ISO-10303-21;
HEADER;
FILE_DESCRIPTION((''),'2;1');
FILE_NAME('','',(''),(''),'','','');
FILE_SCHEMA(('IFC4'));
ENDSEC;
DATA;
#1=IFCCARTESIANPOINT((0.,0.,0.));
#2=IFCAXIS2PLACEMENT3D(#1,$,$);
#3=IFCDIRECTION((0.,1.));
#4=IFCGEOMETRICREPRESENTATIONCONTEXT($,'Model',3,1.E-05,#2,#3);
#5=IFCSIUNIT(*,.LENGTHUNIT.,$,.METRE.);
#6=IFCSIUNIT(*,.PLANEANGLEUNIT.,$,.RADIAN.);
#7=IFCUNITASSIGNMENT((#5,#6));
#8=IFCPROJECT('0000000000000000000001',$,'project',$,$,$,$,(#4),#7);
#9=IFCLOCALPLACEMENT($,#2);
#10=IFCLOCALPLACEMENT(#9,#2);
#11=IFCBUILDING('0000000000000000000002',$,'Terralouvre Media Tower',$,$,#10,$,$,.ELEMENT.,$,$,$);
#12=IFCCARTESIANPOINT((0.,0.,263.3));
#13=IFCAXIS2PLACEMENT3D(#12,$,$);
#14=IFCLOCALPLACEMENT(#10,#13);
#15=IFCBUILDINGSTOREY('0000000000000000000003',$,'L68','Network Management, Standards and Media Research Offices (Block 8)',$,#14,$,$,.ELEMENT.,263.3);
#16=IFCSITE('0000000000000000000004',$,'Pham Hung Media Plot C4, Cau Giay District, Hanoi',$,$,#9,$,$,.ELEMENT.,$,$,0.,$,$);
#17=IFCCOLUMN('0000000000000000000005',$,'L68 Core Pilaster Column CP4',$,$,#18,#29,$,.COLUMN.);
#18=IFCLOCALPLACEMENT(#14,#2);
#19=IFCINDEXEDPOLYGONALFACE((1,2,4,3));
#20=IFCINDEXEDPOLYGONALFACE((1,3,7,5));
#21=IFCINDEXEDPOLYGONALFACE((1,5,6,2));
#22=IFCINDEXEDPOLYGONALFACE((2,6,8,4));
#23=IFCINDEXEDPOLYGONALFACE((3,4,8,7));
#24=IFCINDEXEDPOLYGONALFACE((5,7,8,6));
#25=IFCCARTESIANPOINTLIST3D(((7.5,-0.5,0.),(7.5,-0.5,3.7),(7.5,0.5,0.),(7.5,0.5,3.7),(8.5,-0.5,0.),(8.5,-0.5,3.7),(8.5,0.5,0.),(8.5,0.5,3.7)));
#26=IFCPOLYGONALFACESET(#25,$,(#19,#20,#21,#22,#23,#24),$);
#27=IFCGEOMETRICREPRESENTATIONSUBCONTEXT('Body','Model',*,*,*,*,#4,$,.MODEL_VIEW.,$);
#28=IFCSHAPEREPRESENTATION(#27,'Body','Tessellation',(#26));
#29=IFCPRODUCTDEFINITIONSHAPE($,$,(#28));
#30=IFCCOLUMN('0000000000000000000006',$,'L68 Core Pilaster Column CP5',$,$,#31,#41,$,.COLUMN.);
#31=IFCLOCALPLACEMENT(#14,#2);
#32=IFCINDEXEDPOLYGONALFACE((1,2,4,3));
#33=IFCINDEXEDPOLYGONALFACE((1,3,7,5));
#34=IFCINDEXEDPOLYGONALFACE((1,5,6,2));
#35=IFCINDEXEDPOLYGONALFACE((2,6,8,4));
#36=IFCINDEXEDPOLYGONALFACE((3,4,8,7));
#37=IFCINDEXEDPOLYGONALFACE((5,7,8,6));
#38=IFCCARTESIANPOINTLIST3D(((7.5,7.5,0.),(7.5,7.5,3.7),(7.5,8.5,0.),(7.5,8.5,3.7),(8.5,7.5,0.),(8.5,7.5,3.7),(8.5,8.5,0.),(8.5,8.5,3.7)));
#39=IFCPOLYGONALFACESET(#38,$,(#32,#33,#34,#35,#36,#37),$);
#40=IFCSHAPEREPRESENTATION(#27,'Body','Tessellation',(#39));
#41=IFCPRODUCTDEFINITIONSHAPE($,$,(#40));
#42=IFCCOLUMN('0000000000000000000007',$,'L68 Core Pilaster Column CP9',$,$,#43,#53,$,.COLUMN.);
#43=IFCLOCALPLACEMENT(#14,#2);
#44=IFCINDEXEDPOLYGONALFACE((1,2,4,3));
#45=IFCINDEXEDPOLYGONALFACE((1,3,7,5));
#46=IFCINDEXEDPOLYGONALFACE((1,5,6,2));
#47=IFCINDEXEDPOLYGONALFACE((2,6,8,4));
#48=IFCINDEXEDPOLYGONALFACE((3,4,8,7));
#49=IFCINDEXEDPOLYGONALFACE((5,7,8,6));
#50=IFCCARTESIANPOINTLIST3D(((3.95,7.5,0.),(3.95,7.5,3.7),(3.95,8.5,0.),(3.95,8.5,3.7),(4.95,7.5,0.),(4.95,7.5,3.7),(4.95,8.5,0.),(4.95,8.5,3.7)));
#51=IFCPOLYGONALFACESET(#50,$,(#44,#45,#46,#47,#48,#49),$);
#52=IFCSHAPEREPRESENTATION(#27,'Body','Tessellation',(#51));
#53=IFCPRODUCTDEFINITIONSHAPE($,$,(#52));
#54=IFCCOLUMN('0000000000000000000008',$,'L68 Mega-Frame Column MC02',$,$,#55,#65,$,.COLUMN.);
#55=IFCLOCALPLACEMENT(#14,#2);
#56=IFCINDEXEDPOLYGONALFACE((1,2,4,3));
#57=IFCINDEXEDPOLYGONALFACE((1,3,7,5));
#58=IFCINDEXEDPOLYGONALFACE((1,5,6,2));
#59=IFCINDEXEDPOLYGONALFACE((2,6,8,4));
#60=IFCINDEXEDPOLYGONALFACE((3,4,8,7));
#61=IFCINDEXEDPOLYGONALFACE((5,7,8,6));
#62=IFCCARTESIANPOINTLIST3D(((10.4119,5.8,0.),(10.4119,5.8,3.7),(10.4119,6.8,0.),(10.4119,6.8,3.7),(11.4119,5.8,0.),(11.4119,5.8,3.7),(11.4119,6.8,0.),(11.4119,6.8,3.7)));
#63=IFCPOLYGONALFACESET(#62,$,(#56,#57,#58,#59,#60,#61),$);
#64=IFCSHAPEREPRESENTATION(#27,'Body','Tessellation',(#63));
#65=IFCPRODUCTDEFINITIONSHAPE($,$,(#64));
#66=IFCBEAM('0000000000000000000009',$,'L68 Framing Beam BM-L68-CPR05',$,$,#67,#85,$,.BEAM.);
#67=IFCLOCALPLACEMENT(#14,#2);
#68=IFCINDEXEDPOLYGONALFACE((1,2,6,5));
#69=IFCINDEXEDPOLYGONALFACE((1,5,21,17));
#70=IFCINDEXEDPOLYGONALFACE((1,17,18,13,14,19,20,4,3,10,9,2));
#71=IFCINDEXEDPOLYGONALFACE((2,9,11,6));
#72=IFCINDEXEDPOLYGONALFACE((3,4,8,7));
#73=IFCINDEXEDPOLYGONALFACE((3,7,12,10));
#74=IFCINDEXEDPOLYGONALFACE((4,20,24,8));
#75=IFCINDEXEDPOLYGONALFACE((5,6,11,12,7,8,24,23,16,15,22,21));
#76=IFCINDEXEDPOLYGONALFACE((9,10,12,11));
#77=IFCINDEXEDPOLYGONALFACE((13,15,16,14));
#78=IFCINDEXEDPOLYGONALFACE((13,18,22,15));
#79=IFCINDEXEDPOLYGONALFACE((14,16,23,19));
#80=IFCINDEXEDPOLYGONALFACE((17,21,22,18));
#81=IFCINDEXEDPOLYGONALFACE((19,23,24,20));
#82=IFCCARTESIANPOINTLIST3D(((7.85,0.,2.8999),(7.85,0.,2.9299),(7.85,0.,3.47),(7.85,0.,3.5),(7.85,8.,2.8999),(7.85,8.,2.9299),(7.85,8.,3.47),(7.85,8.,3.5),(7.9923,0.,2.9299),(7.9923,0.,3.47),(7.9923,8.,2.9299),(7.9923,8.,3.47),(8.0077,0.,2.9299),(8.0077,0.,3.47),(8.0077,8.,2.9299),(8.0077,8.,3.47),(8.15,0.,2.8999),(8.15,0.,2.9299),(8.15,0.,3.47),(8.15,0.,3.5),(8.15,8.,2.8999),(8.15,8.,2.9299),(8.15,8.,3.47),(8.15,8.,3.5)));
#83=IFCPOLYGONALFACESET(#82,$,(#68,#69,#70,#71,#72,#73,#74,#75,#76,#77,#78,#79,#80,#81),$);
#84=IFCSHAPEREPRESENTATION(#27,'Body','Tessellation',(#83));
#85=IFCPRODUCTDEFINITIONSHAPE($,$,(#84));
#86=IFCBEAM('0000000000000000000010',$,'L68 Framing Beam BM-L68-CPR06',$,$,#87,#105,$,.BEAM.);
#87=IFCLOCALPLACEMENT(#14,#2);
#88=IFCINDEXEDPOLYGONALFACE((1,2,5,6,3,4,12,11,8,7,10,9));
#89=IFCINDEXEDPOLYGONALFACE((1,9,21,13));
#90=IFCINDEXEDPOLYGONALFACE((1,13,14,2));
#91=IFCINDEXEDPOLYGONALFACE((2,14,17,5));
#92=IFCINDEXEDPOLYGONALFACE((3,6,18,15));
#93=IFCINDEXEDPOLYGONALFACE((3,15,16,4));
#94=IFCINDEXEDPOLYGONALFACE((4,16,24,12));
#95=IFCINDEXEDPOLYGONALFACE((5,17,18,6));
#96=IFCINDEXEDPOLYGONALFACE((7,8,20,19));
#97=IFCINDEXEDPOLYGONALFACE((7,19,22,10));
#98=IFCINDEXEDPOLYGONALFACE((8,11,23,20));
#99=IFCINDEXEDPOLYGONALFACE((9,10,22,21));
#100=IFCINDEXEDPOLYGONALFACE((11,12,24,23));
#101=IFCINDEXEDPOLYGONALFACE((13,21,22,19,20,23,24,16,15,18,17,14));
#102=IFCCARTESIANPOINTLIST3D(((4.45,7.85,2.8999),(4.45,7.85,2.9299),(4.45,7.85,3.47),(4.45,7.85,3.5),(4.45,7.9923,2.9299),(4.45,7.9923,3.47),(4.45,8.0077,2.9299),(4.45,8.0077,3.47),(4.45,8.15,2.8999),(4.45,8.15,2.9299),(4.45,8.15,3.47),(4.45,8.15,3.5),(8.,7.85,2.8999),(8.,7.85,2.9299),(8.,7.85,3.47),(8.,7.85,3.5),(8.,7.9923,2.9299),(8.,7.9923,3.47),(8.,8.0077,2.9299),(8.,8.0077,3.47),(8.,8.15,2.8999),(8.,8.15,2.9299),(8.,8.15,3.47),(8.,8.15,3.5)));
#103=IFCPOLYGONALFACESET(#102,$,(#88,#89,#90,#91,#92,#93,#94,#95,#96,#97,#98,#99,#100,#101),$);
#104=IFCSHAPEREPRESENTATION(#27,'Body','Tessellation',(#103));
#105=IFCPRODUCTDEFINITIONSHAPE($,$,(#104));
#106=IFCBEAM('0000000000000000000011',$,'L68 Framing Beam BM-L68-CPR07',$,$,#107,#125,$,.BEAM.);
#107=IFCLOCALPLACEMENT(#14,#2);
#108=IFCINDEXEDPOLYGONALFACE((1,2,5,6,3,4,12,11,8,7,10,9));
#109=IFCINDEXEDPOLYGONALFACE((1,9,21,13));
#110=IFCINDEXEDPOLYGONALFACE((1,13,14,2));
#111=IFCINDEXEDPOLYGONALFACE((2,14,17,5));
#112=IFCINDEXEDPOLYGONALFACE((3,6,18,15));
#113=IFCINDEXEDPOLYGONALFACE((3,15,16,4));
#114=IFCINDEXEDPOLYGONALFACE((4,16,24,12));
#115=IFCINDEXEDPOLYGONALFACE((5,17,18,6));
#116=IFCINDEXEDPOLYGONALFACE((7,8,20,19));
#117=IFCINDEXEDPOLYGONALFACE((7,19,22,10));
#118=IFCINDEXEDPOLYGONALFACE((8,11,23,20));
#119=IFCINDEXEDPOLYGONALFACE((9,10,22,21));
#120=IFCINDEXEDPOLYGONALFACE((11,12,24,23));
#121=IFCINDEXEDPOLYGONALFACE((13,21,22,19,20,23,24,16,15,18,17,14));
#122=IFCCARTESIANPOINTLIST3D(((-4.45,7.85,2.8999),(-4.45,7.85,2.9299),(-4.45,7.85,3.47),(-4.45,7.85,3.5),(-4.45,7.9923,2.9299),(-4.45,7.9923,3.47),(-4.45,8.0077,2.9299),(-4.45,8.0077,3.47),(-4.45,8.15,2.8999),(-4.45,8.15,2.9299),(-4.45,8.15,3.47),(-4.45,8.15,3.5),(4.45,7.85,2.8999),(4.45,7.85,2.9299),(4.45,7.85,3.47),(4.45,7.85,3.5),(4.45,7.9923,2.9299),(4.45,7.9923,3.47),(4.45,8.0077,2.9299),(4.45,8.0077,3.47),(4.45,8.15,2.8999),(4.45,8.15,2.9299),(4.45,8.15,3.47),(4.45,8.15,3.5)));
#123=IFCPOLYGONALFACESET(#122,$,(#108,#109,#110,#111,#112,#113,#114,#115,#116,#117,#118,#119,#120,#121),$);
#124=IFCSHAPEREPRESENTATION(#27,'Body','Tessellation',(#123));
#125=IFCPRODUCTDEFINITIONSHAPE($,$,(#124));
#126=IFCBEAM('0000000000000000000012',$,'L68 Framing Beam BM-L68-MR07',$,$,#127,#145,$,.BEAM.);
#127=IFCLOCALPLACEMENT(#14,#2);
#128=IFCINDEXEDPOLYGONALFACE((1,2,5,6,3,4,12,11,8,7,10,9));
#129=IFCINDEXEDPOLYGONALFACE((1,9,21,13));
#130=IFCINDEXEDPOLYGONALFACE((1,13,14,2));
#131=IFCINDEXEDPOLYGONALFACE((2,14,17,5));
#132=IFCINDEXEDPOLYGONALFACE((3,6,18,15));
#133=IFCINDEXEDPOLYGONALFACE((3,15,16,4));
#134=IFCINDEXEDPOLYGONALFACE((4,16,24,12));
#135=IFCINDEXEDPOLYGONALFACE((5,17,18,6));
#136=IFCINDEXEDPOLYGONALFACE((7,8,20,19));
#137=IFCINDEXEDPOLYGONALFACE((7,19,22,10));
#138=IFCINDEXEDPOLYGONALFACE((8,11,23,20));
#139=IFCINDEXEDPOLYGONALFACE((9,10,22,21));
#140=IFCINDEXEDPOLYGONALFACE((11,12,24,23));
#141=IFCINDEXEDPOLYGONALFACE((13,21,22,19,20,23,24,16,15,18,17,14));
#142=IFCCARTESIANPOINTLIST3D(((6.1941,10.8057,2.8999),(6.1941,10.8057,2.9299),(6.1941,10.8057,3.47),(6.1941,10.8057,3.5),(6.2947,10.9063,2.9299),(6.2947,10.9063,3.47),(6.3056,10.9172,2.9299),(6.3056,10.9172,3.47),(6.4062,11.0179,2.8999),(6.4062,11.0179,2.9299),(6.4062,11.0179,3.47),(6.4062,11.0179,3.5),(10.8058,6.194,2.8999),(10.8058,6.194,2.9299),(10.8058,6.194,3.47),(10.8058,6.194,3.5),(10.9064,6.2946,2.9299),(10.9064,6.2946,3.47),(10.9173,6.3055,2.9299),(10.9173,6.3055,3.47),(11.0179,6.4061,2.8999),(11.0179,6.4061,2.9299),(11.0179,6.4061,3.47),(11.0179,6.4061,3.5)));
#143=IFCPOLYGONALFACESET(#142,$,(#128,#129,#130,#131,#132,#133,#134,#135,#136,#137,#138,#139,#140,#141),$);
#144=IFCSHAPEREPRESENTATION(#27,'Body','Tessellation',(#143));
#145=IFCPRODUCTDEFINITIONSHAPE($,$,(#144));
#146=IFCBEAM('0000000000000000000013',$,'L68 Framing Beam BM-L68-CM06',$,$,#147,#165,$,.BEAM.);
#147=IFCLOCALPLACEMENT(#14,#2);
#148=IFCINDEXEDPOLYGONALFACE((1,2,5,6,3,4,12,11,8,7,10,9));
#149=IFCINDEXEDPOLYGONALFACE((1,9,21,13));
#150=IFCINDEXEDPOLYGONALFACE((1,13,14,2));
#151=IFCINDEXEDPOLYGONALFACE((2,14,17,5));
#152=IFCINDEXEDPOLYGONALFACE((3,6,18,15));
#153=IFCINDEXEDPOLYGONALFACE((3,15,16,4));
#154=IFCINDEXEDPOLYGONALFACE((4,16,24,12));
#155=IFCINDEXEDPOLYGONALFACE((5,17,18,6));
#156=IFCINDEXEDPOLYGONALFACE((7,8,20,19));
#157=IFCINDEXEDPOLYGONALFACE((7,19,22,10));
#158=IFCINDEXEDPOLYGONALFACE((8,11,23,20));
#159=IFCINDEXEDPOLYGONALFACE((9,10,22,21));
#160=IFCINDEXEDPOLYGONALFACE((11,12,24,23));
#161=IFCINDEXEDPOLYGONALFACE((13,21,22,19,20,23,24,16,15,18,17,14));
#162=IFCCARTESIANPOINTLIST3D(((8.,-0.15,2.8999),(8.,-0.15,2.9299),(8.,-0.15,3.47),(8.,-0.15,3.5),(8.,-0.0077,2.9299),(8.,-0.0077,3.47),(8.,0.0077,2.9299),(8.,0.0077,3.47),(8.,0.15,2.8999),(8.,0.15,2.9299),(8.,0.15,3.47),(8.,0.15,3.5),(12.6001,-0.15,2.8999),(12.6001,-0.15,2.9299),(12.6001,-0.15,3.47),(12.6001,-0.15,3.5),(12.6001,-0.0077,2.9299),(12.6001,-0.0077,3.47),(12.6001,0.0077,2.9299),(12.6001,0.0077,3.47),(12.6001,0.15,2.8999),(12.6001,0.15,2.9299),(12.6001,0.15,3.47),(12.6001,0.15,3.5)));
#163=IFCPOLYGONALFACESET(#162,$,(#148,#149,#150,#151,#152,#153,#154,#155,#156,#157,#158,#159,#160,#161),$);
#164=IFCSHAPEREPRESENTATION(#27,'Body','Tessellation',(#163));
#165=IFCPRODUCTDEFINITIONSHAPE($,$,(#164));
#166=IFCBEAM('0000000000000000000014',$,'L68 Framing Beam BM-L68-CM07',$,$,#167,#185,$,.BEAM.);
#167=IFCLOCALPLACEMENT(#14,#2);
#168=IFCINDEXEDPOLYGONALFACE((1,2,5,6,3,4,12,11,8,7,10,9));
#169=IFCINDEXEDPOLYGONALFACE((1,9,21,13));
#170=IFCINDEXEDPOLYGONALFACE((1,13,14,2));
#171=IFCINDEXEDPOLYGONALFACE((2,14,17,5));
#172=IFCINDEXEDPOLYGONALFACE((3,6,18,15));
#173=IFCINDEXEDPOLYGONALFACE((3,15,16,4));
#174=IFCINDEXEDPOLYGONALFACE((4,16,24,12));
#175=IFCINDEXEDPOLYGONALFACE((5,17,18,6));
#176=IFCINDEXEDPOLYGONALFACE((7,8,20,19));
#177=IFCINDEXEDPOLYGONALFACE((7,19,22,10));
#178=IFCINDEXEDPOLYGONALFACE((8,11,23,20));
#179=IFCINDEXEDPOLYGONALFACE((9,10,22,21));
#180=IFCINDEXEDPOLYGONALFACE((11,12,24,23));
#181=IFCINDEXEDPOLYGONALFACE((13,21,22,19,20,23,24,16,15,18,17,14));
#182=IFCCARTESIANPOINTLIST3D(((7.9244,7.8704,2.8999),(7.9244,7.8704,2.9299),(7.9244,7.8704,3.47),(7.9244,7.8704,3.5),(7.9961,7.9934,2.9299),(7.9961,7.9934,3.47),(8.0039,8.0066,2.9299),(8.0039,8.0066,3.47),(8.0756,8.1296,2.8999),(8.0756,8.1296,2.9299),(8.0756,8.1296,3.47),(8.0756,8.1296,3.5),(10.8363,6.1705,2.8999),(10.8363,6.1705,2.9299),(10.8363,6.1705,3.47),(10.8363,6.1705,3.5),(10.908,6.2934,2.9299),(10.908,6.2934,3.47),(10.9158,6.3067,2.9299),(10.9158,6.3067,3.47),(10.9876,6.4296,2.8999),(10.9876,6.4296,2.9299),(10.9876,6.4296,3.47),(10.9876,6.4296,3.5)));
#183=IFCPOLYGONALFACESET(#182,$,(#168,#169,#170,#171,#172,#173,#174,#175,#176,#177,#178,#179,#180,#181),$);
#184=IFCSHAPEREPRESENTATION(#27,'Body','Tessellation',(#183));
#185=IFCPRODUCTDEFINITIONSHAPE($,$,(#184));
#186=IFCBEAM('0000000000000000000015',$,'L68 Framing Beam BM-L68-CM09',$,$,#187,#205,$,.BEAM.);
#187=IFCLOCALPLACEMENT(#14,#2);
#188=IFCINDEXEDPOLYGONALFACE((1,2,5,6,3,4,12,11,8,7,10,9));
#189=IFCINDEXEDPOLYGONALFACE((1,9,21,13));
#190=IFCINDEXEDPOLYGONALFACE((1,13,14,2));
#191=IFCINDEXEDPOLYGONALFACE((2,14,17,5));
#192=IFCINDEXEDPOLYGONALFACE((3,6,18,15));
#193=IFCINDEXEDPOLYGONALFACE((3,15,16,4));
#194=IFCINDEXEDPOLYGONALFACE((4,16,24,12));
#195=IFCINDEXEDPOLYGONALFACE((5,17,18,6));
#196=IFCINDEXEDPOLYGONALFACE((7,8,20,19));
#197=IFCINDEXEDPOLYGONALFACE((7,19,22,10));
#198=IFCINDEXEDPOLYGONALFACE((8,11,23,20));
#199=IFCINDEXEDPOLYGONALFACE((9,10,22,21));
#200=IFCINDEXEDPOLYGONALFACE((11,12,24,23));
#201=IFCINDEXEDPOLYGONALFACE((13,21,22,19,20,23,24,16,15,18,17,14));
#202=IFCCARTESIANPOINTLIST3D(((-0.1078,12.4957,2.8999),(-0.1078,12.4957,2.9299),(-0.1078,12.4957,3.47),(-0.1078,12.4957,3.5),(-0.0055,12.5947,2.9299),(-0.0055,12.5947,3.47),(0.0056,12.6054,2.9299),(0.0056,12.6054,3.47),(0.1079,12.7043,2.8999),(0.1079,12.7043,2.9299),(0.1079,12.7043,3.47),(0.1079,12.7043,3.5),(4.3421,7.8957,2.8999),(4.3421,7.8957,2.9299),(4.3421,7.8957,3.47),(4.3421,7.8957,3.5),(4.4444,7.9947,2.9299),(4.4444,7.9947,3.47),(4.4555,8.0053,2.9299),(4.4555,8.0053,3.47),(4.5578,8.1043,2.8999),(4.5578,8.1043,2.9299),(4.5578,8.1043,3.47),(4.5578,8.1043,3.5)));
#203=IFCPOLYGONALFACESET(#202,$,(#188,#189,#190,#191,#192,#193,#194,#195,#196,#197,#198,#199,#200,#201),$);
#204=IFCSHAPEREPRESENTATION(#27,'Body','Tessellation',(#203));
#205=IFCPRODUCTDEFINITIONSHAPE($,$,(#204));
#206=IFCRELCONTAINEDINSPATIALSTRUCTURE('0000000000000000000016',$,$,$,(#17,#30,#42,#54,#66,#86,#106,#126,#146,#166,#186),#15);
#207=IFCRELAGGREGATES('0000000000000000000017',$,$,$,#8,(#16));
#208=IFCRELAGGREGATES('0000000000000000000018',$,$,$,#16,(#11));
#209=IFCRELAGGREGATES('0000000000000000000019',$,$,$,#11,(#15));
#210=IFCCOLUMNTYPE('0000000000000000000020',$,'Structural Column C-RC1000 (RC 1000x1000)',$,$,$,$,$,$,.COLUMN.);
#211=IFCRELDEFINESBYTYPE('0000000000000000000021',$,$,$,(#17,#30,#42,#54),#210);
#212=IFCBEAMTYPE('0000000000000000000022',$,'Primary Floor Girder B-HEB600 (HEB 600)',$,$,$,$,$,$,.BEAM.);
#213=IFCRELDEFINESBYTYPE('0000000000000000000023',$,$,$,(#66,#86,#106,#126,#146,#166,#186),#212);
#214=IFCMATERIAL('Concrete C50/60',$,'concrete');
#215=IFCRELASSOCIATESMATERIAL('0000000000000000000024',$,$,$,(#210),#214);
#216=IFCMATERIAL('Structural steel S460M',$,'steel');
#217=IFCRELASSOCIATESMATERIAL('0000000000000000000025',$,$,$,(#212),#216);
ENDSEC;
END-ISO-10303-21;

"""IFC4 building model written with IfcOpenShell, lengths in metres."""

from ifc_helpers import new_model, si_unit, direction, frame, origin, origin_2d, place, context, subcontext, project, spatial, rectangle, i_section, extrude, material, material_profile, profile_set, type_object, element, save


model = new_model("IFC4")

# Units and contexts
model_context = context("Model", 3, precision=1e-05, world=origin(), true_north=direction((0.0, 1.0)))
body_context = subcontext(model_context, "Body", "Model", "MODEL_VIEW")
ifc_project = project(units=[si_unit("LENGTHUNIT", "METRE"), si_unit("PLANEANGLEUNIT", "RADIAN")], contexts=[model_context])

# Site, building, storey
site_placement = place(None, origin())
site = spatial("IfcSite", under=ifc_project, at=site_placement, Name="Pham Hung Media Plot C4, Cau Giay District, Hanoi", CompositionType="ELEMENT", RefElevation=0.0)
building_placement = place(site_placement, origin())
building = spatial("IfcBuilding", under=site, at=building_placement, Name="Terralouvre Media Tower", CompositionType="ELEMENT")
storey_placement = place(building_placement, frame((0.0, 0.0, 263.3)))
storey = spatial("IfcBuildingStorey", under=building, at=storey_placement, Name="L68", Description="Network Management, Standards and Media Research Offices (Block 8)", CompositionType="ELEMENT", Elevation=263.3)

# Columns
ifc_material_1 = material(Name="Concrete C50/60", Category="concrete")
ifc_material_profile_1 = material_profile(ifc_material_1, rectangle(XDim=1.0, YDim=1.0, at=origin_2d()), Name="RC 1000x1000")
ifc_profile_set_1 = profile_set([ifc_material_profile_1], Name="Concrete C50/60")
column_type = type_object("IfcColumnType", Name="Structural Column C-RC1000 (RC 1000x1000)", PredefinedType="COLUMN", material=ifc_profile_set_1)
for number, where, z_axis, x_axis, name in (
    (1, (8.0, 0.0, 0.0), (0.0, 0.0, 1.0), (1.0, 0.0, 0.0), "L68 Core Pilaster Column CP4"),
    (2, (8.0, 8.0, 0.0), (0.0, 0.0, 1.0), (1.0, 0.0, 0.0), "L68 Core Pilaster Column CP5"),
    (3, (4.45, 8.0, 0.0), (0.0, 0.0, 1.0), (1.0, 0.0, 0.0), "L68 Core Pilaster Column CP9"),
    (4, (10.9119, 6.3, 0.0), (0.0, 0.0, 1.0), (1.0, 0.0, 0.0), "L68 Mega-Frame Column MC02"),
):
    element("IfcColumn", number, at=place(storey_placement, frame(where, z_axis=z_axis, x_axis=x_axis)), inside=storey, type_object=column_type, Name=name, PredefinedType="COLUMN", context=body_context, shape_type="SweptSolid", body=[
        extrude(rectangle(XDim=1.0, YDim=1.0, at=origin_2d()), origin(), (0.0, 0.0, 1.0), 3.7),
    ])

# Beams
ifc_material_2 = material(Name="Structural steel S460M", Category="steel")
ifc_material_profile_2 = material_profile(ifc_material_2, i_section(OverallWidth=0.3, OverallDepth=0.6001, WebThickness=0.0154, FlangeThickness=0.03, at=origin_2d()), Name="HEB 600")
ifc_profile_set_2 = profile_set([ifc_material_profile_2], Name="Structural steel S460M")
beam_type = type_object("IfcBeamType", Name="Primary Floor Girder B-HEB600 (HEB 600)", PredefinedType="BEAM", material=ifc_profile_set_2)
beam_1_placement = place(storey_placement, frame((8.0, 0.0, 3.2), z_axis=(0.0, 1.0, 0.0), x_axis=(-1.0, 0.0, 0.0)))
element("IfcBeam", 5, at=beam_1_placement, inside=storey, type_object=beam_type, Name="L68 Framing Beam BM-L68-CPR05", PredefinedType="BEAM", context=body_context, shape_type="SweptSolid", body=[
    extrude(i_section(OverallWidth=0.3, OverallDepth=0.6001, WebThickness=0.0154, FlangeThickness=0.03, at=origin_2d()), origin(), (0.0, 0.0, 1.0), 8.0),
])
beam_2_placement = place(storey_placement, frame((8.0, 8.0, 3.2), z_axis=(-1.0, 0.0, 0.0), x_axis=(0.0, -1.0, 0.0)))
element("IfcBeam", 6, at=beam_2_placement, inside=storey, type_object=beam_type, Name="L68 Framing Beam BM-L68-CPR06", PredefinedType="BEAM", context=body_context, shape_type="SweptSolid", body=[
    extrude(i_section(OverallWidth=0.3, OverallDepth=0.6001, WebThickness=0.0154, FlangeThickness=0.03, at=origin_2d()), origin(), (0.0, 0.0, 1.0), 3.55),
])
beam_3_placement = place(storey_placement, frame((4.45, 8.0, 3.2), z_axis=(-1.0, 0.0, 0.0), x_axis=(0.0, -1.0, 0.0)))
element("IfcBeam", 7, at=beam_3_placement, inside=storey, type_object=beam_type, Name="L68 Framing Beam BM-L68-CPR07", PredefinedType="BEAM", context=body_context, shape_type="SweptSolid", body=[
    extrude(i_section(OverallWidth=0.3, OverallDepth=0.6001, WebThickness=0.0154, FlangeThickness=0.03, at=origin_2d()), origin(), (0.0, 0.0, 1.0), 8.8999),
])
beam_4_placement = place(storey_placement, frame((10.9119, 6.3, 3.2), z_axis=(-0.707107, 0.707107, 0.0), x_axis=(-0.707107, -0.707107, 0.0)))
element("IfcBeam", 8, at=beam_4_placement, inside=storey, type_object=beam_type, Name="L68 Framing Beam BM-L68-MR07", PredefinedType="BEAM", context=body_context, shape_type="SweptSolid", body=[
    extrude(i_section(OverallWidth=0.3, OverallDepth=0.6001, WebThickness=0.0154, FlangeThickness=0.03, at=origin_2d()), origin(), (0.0, 0.0, 1.0), 6.522),
])
beam_5_placement = place(storey_placement, frame((8.0, 0.0, 3.2), z_axis=(1.0, 0.0, 0.0), x_axis=(0.0, 1.0, 0.0)))
element("IfcBeam", 9, at=beam_5_placement, inside=storey, type_object=beam_type, Name="L68 Framing Beam BM-L68-CM06", PredefinedType="BEAM", context=body_context, shape_type="SweptSolid", body=[
    extrude(i_section(OverallWidth=0.3, OverallDepth=0.6001, WebThickness=0.0154, FlangeThickness=0.03, at=origin_2d()), origin(), (0.0, 0.0, 1.0), 4.6001),
])
beam_6_placement = place(storey_placement, frame((8.0, 8.0, 3.2), z_axis=(0.863603, -0.504173, 0.0), x_axis=(0.504173, 0.863603, 0.0)))
element("IfcBeam", 10, at=beam_6_placement, inside=storey, type_object=beam_type, Name="L68 Framing Beam BM-L68-CM07", PredefinedType="BEAM", context=body_context, shape_type="SweptSolid", body=[
    extrude(i_section(OverallWidth=0.3, OverallDepth=0.6001, WebThickness=0.0154, FlangeThickness=0.03, at=origin_2d()), origin(), (0.0, 0.0, 1.0), 3.3718),
])
beam_7_placement = place(storey_placement, frame((4.45, 8.0, 3.2), z_axis=(-0.69528, 0.718739, 0.0), x_axis=(-0.718739, -0.69528, 0.0)))
element("IfcBeam", 11, at=beam_7_placement, inside=storey, type_object=beam_type, Name="L68 Framing Beam BM-L68-CM09", PredefinedType="BEAM", context=body_context, shape_type="SweptSolid", body=[
    extrude(i_section(OverallWidth=0.3, OverallDepth=0.6001, WebThickness=0.0154, FlangeThickness=0.03, at=origin_2d()), origin(), (0.0, 0.0, 1.0), 6.4001),
])

save(model, "model.ifc")
